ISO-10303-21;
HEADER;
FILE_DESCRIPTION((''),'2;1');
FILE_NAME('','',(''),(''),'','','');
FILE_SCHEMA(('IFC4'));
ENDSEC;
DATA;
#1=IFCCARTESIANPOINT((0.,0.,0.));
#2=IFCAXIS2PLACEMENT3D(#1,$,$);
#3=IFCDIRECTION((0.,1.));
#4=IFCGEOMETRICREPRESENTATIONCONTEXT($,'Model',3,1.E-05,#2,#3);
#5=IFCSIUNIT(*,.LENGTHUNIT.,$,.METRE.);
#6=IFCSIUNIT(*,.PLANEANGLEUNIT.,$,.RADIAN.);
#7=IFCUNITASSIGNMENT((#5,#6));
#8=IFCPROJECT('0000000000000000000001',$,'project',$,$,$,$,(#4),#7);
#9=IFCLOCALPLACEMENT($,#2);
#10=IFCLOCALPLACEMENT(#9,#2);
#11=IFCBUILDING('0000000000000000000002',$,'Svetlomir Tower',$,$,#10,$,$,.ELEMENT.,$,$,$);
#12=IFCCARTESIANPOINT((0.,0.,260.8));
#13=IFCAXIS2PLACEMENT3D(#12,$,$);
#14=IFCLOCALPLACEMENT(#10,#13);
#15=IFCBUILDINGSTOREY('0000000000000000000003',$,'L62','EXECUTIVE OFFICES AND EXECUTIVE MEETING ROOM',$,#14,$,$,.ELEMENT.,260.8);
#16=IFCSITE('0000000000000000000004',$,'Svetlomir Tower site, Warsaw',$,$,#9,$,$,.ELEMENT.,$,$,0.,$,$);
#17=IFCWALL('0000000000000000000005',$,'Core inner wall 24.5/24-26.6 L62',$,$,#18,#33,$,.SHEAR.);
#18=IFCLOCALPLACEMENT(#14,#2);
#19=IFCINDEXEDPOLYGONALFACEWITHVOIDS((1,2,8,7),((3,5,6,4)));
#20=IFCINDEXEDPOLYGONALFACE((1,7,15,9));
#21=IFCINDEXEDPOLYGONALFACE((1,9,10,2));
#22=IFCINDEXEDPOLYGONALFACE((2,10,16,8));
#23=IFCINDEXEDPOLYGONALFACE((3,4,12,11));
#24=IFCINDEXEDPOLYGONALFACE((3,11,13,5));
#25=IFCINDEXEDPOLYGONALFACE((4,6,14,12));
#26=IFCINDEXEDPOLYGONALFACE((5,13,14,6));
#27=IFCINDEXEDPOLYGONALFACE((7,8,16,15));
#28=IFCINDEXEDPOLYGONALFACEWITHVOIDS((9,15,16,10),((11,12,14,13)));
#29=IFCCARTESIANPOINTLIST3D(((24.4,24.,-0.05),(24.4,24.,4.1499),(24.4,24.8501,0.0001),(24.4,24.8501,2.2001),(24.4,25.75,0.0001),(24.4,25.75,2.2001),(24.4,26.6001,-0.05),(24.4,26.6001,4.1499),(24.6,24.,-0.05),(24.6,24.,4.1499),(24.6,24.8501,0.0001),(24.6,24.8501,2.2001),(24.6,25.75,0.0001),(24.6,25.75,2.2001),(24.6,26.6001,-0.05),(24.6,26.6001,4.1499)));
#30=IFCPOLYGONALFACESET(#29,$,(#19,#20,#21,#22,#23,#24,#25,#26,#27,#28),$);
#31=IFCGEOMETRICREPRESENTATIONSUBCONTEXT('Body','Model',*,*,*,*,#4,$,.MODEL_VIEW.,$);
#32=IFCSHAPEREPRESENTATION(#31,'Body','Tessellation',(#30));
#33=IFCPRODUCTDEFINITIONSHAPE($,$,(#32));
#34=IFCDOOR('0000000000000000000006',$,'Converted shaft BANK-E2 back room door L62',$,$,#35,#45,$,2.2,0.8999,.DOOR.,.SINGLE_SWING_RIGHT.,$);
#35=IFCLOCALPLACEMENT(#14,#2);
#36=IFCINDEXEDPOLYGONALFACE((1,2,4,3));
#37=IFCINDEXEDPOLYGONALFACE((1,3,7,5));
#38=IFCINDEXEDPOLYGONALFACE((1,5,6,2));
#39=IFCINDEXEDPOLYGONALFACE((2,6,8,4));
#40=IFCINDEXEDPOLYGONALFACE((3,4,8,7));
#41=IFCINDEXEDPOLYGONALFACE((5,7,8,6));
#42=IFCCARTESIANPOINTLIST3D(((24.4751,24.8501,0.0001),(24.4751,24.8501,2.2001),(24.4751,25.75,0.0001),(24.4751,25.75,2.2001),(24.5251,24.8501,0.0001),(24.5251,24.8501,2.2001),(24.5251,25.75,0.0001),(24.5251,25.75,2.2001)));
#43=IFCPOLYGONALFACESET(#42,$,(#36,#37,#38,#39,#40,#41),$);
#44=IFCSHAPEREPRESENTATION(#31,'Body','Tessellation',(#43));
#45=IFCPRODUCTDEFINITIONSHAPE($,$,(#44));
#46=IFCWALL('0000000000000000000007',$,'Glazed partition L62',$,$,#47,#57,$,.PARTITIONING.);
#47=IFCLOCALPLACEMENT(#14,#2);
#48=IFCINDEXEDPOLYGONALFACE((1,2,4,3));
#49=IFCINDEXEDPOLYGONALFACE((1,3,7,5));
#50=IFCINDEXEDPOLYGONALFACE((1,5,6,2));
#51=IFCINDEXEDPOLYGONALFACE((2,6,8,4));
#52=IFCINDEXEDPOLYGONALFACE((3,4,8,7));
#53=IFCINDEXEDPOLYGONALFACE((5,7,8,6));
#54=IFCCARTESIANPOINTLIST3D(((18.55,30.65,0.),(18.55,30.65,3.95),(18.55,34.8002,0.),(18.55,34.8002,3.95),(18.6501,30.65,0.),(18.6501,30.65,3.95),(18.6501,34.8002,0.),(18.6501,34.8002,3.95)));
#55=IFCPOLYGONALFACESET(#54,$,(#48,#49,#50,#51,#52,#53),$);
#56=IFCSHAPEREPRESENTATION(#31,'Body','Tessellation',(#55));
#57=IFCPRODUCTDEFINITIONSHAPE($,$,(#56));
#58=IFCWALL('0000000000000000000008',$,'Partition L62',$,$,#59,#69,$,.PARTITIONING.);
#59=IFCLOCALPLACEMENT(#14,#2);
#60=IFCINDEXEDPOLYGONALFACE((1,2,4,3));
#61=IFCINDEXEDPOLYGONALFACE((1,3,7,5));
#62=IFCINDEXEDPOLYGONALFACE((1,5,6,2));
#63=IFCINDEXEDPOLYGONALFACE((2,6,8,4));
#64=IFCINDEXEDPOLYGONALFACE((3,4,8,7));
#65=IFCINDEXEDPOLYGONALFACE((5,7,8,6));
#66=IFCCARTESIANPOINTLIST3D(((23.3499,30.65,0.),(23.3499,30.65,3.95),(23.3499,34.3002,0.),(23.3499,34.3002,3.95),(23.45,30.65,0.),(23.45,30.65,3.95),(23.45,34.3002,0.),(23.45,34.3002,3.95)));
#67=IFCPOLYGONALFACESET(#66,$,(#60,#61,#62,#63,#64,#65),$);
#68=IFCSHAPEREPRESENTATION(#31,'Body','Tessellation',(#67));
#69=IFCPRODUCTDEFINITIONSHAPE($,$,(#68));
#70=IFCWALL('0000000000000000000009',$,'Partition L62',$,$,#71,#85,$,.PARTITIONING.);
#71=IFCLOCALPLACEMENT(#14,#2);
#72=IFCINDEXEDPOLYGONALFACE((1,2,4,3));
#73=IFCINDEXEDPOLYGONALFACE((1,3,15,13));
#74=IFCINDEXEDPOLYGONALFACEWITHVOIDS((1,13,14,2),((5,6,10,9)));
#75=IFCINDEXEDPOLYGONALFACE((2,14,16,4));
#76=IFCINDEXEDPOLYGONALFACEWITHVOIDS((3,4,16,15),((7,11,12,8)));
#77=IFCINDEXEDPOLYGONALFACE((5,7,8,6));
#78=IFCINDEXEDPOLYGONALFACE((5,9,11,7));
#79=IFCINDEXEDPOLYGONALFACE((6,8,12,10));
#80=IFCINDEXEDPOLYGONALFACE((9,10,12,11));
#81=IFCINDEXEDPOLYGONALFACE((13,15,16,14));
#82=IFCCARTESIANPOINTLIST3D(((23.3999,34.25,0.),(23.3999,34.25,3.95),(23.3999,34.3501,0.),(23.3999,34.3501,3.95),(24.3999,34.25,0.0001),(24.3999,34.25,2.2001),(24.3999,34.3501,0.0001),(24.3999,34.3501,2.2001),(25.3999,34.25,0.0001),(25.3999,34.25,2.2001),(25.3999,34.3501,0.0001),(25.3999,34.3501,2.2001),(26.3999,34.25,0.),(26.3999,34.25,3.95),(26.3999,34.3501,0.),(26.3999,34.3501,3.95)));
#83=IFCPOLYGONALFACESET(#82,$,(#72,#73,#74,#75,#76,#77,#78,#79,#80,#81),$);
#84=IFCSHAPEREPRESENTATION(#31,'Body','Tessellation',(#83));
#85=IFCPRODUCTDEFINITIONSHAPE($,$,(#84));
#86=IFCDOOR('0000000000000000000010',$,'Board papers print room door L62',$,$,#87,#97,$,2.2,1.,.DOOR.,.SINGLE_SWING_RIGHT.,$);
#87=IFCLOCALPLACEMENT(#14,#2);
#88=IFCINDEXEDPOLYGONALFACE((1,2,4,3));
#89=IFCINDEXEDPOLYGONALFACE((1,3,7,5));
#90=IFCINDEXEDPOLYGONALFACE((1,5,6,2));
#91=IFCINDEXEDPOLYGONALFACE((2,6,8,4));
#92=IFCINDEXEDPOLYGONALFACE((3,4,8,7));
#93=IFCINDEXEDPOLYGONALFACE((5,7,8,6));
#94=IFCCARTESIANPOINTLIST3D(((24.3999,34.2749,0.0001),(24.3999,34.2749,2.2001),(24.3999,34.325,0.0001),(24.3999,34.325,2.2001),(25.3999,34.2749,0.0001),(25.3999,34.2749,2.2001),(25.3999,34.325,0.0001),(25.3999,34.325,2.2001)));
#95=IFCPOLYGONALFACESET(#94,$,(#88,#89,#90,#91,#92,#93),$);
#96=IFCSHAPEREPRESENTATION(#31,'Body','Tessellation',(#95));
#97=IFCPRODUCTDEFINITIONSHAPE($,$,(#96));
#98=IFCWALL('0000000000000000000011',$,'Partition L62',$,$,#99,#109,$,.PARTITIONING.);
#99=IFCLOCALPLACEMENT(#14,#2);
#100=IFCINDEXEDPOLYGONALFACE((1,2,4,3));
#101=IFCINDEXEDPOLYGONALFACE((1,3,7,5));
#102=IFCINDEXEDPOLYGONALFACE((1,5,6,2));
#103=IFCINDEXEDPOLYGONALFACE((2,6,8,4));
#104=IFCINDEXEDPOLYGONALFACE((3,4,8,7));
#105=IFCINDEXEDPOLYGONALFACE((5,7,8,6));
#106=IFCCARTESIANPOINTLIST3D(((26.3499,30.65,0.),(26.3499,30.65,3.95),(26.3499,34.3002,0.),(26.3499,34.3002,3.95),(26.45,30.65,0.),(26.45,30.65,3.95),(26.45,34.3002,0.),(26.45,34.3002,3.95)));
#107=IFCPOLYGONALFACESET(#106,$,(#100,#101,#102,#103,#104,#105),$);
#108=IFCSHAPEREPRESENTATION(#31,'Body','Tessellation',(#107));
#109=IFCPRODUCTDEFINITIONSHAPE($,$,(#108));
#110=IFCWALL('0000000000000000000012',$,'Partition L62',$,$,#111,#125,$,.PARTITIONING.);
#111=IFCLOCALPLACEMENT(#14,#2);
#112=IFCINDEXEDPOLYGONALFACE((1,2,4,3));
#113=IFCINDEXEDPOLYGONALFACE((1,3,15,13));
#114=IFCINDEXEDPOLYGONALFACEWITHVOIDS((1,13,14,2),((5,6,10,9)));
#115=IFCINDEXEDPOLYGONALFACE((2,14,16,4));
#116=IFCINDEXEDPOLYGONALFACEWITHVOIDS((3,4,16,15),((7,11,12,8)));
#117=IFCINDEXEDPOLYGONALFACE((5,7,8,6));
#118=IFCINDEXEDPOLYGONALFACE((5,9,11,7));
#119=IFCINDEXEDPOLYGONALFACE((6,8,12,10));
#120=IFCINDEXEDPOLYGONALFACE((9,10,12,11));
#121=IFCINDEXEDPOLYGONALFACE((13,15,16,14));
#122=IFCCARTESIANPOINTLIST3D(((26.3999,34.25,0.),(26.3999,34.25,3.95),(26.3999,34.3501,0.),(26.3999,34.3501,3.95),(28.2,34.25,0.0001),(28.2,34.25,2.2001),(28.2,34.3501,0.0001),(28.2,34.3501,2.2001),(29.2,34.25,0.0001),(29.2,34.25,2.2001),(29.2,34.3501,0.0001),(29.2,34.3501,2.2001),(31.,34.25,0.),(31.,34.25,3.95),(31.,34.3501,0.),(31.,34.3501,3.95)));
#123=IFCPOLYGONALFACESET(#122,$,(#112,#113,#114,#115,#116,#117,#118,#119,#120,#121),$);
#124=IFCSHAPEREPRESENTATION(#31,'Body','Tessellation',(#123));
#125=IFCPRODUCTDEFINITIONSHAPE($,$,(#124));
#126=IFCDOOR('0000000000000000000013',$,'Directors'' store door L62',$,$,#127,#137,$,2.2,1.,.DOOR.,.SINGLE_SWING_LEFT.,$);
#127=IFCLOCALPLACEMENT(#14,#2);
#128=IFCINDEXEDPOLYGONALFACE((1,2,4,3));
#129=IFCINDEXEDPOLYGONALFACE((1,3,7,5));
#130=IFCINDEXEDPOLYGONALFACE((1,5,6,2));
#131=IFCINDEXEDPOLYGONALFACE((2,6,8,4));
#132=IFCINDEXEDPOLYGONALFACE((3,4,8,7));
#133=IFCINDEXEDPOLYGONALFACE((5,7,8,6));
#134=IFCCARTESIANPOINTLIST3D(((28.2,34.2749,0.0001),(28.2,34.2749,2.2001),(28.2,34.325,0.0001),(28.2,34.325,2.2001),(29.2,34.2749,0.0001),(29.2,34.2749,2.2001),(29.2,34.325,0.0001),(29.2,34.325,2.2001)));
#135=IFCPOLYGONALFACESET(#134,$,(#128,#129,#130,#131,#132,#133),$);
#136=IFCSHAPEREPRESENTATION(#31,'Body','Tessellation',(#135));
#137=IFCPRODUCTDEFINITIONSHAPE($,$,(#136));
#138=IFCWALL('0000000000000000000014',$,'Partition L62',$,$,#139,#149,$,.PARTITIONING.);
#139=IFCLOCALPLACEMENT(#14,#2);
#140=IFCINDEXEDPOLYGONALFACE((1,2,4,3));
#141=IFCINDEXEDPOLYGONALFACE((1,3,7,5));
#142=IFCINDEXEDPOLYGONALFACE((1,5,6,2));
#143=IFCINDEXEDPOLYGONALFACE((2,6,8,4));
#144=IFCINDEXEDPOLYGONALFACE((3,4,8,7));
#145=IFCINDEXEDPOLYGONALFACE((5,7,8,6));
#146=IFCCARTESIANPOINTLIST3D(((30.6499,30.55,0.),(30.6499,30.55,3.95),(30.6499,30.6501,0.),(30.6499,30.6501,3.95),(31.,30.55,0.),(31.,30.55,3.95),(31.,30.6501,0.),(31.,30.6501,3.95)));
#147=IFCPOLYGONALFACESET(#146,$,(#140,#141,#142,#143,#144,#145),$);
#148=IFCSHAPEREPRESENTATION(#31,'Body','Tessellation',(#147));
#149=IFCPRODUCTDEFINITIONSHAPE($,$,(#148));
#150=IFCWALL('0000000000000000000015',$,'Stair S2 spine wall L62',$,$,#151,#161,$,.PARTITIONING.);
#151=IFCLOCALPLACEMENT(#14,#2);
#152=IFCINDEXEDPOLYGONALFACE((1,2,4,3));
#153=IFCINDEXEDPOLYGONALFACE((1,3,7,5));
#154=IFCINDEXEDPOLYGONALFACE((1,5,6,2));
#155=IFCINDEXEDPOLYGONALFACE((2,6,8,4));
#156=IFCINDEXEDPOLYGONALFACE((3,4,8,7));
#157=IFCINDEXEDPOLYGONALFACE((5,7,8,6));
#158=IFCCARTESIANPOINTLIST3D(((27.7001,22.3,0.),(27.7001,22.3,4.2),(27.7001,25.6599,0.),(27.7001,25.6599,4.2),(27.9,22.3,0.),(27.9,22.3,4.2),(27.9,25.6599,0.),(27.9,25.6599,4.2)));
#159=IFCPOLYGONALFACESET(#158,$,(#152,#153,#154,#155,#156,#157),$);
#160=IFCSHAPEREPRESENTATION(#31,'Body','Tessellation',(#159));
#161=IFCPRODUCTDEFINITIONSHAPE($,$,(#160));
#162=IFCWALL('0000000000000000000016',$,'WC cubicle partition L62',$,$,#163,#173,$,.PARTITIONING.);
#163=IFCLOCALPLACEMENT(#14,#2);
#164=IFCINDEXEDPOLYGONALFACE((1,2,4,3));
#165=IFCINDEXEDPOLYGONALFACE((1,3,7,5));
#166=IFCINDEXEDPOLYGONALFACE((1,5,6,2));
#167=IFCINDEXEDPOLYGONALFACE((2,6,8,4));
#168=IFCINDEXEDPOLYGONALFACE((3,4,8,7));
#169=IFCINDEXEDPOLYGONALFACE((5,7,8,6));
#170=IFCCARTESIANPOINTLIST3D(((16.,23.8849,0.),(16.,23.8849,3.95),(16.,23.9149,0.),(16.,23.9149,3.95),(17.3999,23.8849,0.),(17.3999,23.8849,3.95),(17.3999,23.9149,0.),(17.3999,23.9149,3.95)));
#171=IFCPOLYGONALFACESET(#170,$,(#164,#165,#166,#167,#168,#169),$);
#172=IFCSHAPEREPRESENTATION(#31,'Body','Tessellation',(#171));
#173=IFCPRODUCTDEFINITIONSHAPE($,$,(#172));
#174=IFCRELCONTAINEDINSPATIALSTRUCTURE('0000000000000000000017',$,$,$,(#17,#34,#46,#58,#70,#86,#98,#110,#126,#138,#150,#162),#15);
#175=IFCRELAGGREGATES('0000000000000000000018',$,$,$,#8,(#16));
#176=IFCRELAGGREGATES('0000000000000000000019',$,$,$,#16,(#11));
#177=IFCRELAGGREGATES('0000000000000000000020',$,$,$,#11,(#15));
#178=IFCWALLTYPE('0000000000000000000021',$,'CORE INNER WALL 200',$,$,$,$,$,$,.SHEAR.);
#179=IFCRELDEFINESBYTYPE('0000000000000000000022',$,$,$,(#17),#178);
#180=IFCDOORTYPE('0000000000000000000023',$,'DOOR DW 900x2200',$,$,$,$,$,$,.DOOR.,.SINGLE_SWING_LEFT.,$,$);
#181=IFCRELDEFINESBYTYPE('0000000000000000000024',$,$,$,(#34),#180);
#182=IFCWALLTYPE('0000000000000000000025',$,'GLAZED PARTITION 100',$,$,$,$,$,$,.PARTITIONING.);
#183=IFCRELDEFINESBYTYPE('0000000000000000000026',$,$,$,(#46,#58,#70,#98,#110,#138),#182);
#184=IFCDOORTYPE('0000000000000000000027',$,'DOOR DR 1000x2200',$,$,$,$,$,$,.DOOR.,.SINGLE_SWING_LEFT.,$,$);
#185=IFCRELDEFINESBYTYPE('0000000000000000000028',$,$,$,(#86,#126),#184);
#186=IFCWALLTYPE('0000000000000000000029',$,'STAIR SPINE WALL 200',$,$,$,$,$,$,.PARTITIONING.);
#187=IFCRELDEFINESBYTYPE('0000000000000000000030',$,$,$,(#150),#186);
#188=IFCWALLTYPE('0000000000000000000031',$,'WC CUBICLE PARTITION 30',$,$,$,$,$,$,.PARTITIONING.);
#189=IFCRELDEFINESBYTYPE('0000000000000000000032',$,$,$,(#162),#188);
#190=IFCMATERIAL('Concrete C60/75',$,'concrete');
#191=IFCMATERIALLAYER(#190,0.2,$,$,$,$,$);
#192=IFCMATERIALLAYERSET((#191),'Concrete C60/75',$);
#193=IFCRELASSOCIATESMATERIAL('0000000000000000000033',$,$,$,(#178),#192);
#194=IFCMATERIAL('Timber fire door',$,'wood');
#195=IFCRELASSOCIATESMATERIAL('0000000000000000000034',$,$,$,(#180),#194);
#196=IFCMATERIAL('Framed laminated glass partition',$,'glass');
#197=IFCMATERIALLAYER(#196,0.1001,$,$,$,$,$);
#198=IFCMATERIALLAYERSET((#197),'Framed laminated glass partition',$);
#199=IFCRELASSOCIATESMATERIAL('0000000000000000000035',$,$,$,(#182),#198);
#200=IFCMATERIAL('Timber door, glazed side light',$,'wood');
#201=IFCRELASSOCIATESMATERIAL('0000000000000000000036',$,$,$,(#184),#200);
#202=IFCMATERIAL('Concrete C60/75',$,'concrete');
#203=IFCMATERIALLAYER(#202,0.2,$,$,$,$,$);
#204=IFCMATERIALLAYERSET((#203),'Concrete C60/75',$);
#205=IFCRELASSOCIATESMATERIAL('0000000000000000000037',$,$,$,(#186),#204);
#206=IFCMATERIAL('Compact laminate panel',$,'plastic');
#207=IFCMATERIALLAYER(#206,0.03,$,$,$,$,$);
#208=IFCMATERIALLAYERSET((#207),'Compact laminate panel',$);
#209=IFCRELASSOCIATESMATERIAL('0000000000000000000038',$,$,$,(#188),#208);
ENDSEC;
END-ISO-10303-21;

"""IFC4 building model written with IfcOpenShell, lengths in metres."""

from ifc_helpers import new_model, si_unit, direction, frame, frame_2d, origin, place, context, subcontext, project, spatial, rectangle, extrude, material, layer, layer_set, type_object, element, fill, save


model = new_model("IFC4")

# Units and contexts
model_context = context("Model", 3, precision=1e-05, world=origin(), true_north=direction((0.0, 1.0)))
body_context = subcontext(model_context, "Body", "Model", "MODEL_VIEW")
ifc_project = project(units=[si_unit("LENGTHUNIT", "METRE"), si_unit("PLANEANGLEUNIT", "RADIAN")], contexts=[model_context])

# Site, building, storey
site_placement = place(None, origin())
site = spatial("IfcSite", under=ifc_project, at=site_placement, Name="Svetlomir Tower site, Warsaw", CompositionType="ELEMENT", RefElevation=0.0)
building_placement = place(site_placement, origin())
building = spatial("IfcBuilding", under=site, at=building_placement, Name="Svetlomir Tower", CompositionType="ELEMENT")
storey_placement = place(building_placement, frame((0.0, 0.0, 260.8)))
storey = spatial("IfcBuildingStorey", under=building, at=storey_placement, Name="L62", Description="EXECUTIVE OFFICES AND EXECUTIVE MEETING ROOM", CompositionType="ELEMENT", Elevation=260.8)

# Shared definitions
ifc_material_1 = material(Name="Concrete C60/75", Category="concrete")
ifc_layer_1 = layer(ifc_material_1, 0.2)
ifc_layer_set_1 = layer_set([ifc_layer_1], Name="Concrete C60/75")
wall_type_1 = type_object("IfcWallType", Name="CORE INNER WALL 200", PredefinedType="SHEAR", material=ifc_layer_set_1)

# Wall, opening, door
ifc_material_2 = material(Name="Timber fire door", Category="wood")
door_type_1 = type_object("IfcDoorType", Name="DOOR DW 900x2200", OperationType="SINGLE_SWING_LEFT", PredefinedType="DOOR", material=ifc_material_2)
wall_1_placement = place(storey_placement, frame((24.5, 24.0, -0.05), z_axis=(0.0, 0.0, 1.0), x_axis=(0.0, 1.0, 0.0)))
wall_1 = element("IfcWall", 1, at=wall_1_placement, inside=storey, type_object=wall_type_1, Name="Core inner wall 24.5/24-26.6 L62", PredefinedType="SHEAR", context=body_context, shape_type="SweptSolid", body=[
    extrude(rectangle(XDim=2.6001, YDim=0.2, at=frame_2d((1.3, 0.0))), origin(), (0.0, 0.0, 1.0), 4.2),
])
opening_1_placement = place(wall_1_placement, frame((0.8501, 0.0, 0.05)))
opening_1 = element("IfcOpeningElement", 2, at=opening_1_placement, cuts=wall_1, PredefinedType="OPENING", context=body_context, shape_type="SweptSolid", body=[
    extrude(rectangle(XDim=0.8999, YDim=2.2, at=frame_2d((0.45, 1.1001))), frame((0.0, 0.1099, 0.0), z_axis=(0.0, -1.0, 0.0), x_axis=(1.0, 0.0, 0.0)), (0.0, 0.0, 1.0), 0.22),
])
door_1_placement = place(opening_1_placement, origin())
door_1 = element("IfcDoor", 3, at=door_1_placement, inside=storey, type_object=door_type_1, Name="Converted shaft BANK-E2 back room door L62", OperationType="SINGLE_SWING_RIGHT", OverallHeight=2.2, OverallWidth=0.8999, PredefinedType="DOOR", context=body_context, shape_type="SweptSolid", body=[
    extrude(rectangle(XDim=0.8999, YDim=2.2, at=frame_2d((0.45, 1.1001))), frame((0.0, 0.0249, 0.0), z_axis=(0.0, -1.0, 0.0), x_axis=(1.0, 0.0, 0.0)), (0.0, 0.0, 1.0), 0.05),
])
fill(opening_1, door_1)

# Walls
ifc_material_3 = material(Name="Framed laminated glass partition", Category="glass")
ifc_layer_2 = layer(ifc_material_3, 0.1001)
ifc_layer_set_2 = layer_set([ifc_layer_2], Name="Framed laminated glass partition")
wall_type_2 = type_object("IfcWallType", Name="GLAZED PARTITION 100", PredefinedType="PARTITIONING", material=ifc_layer_set_2)
wall_2_placement = place(storey_placement, frame((18.6001, 30.6499, 0.0), z_axis=(0.0, 0.0, 1.0), x_axis=(0.0, 1.0, 0.0)))
element("IfcWall", 4, at=wall_2_placement, inside=storey, type_object=wall_type_2, Name="Glazed partition L62", PredefinedType="PARTITIONING", context=body_context, shape_type="SweptSolid", body=[
    extrude(rectangle(XDim=4.1501, YDim=0.1001, at=frame_2d((2.0752, 0.0))), origin(), (0.0, 0.0, 1.0), 3.95),
])
wall_3_placement = place(storey_placement, frame((23.3999, 30.6499, 0.0), z_axis=(0.0, 0.0, 1.0), x_axis=(0.0, 1.0, 0.0)))
element("IfcWall", 5, at=wall_3_placement, inside=storey, type_object=wall_type_2, Name="Partition L62", PredefinedType="PARTITIONING", context=body_context, shape_type="SweptSolid", body=[
    extrude(rectangle(XDim=3.6501, YDim=0.1001, at=frame_2d((1.8252, 0.0))), origin(), (0.0, 0.0, 1.0), 3.95),
])

# Wall, opening, door
wall_4_placement = place(storey_placement, frame((23.3999, 34.3, 0.0), z_axis=(0.0, 0.0, 1.0), x_axis=(1.0, 0.0, 0.0)))
wall_4 = element("IfcWall", 6, at=wall_4_placement, inside=storey, type_object=wall_type_2, Name="Partition L62", PredefinedType="PARTITIONING", context=body_context, shape_type="SweptSolid", body=[
    extrude(rectangle(XDim=3.0, YDim=0.1001, at=frame_2d((1.5, 0.0))), origin(), (0.0, 0.0, 1.0), 3.95),
])
opening_2_placement = place(wall_4_placement, frame((1.0, 0.0, 0.0)))
opening_2 = element("IfcOpeningElement", 7, at=opening_2_placement, cuts=wall_4, PredefinedType="OPENING", context=body_context, shape_type="SweptSolid", body=[
    extrude(rectangle(XDim=1.0, YDim=2.2, at=frame_2d((0.5, 1.1001))), frame((0.0, 0.0601, 0.0), z_axis=(0.0, -1.0, 0.0), x_axis=(1.0, 0.0, 0.0)), (0.0, 0.0, 1.0), 0.1201),
])
ifc_material_4 = material(Name="Timber door, glazed side light", Category="wood")
door_type_2 = type_object("IfcDoorType", Name="DOOR DR 1000x2200", OperationType="SINGLE_SWING_LEFT", PredefinedType="DOOR", material=ifc_material_4)
door_2_placement = place(opening_2_placement, origin())
door_2 = element("IfcDoor", 8, at=door_2_placement, inside=storey, type_object=door_type_2, Name="Board papers print room door L62", OperationType="SINGLE_SWING_RIGHT", OverallHeight=2.2, OverallWidth=1.0, PredefinedType="DOOR", context=body_context, shape_type="SweptSolid", body=[
    extrude(rectangle(XDim=1.0, YDim=2.2, at=frame_2d((0.5, 1.1001))), frame((0.0, 0.0249, 0.0), z_axis=(0.0, -1.0, 0.0), x_axis=(1.0, 0.0, 0.0)), (0.0, 0.0, 1.0), 0.05),
])
fill(opening_2, door_2)

# Wall
wall_5_placement = place(storey_placement, frame((26.3999, 30.6499, 0.0), z_axis=(0.0, 0.0, 1.0), x_axis=(0.0, 1.0, 0.0)))
element("IfcWall", 9, at=wall_5_placement, inside=storey, type_object=wall_type_2, Name="Partition L62", PredefinedType="PARTITIONING", context=body_context, shape_type="SweptSolid", body=[
    extrude(rectangle(XDim=3.6501, YDim=0.1001, at=frame_2d((1.8252, 0.0))), origin(), (0.0, 0.0, 1.0), 3.95),
])

# Wall, opening, door
wall_6_placement = place(storey_placement, frame((26.3999, 34.3, 0.0), z_axis=(0.0, 0.0, 1.0), x_axis=(1.0, 0.0, 0.0)))
wall_6 = element("IfcWall", 10, at=wall_6_placement, inside=storey, type_object=wall_type_2, Name="Partition L62", PredefinedType="PARTITIONING", context=body_context, shape_type="SweptSolid", body=[
    extrude(rectangle(XDim=4.6001, YDim=0.1001, at=frame_2d((2.3, 0.0))), origin(), (0.0, 0.0, 1.0), 3.95),
])
opening_3_placement = place(wall_6_placement, frame((1.8, 0.0, 0.0)))
opening_3 = element("IfcOpeningElement", 11, at=opening_3_placement, cuts=wall_6, PredefinedType="OPENING", context=body_context, shape_type="SweptSolid", body=[
    extrude(rectangle(XDim=1.0, YDim=2.2, at=frame_2d((0.5, 1.1001))), frame((0.0, 0.0601, 0.0), z_axis=(0.0, -1.0, 0.0), x_axis=(1.0, 0.0, 0.0)), (0.0, 0.0, 1.0), 0.1201),
])
door_3_placement = place(opening_3_placement, origin())
door_3 = element("IfcDoor", 12, at=door_3_placement, inside=storey, type_object=door_type_2, Name="Directors' store door L62", OperationType="SINGLE_SWING_LEFT", OverallHeight=2.2, OverallWidth=1.0, PredefinedType="DOOR", context=body_context, shape_type="SweptSolid", body=[
    extrude(rectangle(XDim=1.0, YDim=2.2, at=frame_2d((0.5, 1.1001))), frame((0.0, 0.0249, 0.0), z_axis=(0.0, -1.0, 0.0), x_axis=(1.0, 0.0, 0.0)), (0.0, 0.0, 1.0), 0.05),
])
fill(opening_3, door_3)

# Walls
wall_7_placement = place(storey_placement, frame((30.6499, 30.6001, 0.0), z_axis=(0.0, 0.0, 1.0), x_axis=(1.0, 0.0, 0.0)))
element("IfcWall", 13, at=wall_7_placement, inside=storey, type_object=wall_type_2, Name="Partition L62", PredefinedType="PARTITIONING", context=body_context, shape_type="SweptSolid", body=[
    extrude(rectangle(XDim=0.3501, YDim=0.1001, at=frame_2d((0.175, 0.0))), origin(), (0.0, 0.0, 1.0), 3.95),
])
ifc_material_5 = material(Name="Concrete C60/75", Category="concrete")
ifc_layer_3 = layer(ifc_material_5, 0.2)
ifc_layer_set_3 = layer_set([ifc_layer_3], Name="Concrete C60/75")
wall_type_3 = type_object("IfcWallType", Name="STAIR SPINE WALL 200", PredefinedType="PARTITIONING", material=ifc_layer_set_3)
wall_8_placement = place(storey_placement, frame((27.8, 22.3, 0.0), z_axis=(0.0, 0.0, 1.0), x_axis=(0.0, 1.0, 0.0)))
element("IfcWall", 14, at=wall_8_placement, inside=storey, type_object=wall_type_3, Name="Stair S2 spine wall L62", PredefinedType="PARTITIONING", context=body_context, shape_type="SweptSolid", body=[
    extrude(rectangle(XDim=3.3599, YDim=0.2, at=frame_2d((1.6799, 0.0))), origin(), (0.0, 0.0, 1.0), 4.2),
])
ifc_material_6 = material(Name="Compact laminate panel", Category="plastic")
ifc_layer_4 = layer(ifc_material_6, 0.03)
ifc_layer_set_4 = layer_set([ifc_layer_4], Name="Compact laminate panel")
wall_type_4 = type_object("IfcWallType", Name="WC CUBICLE PARTITION 30", PredefinedType="PARTITIONING", material=ifc_layer_set_4)
wall_9_placement = place(storey_placement, frame((16.0, 23.8999, 0.0), z_axis=(0.0, 0.0, 1.0), x_axis=(1.0, 0.0, 0.0)))
element("IfcWall", 15, at=wall_9_placement, inside=storey, type_object=wall_type_4, Name="WC cubicle partition L62", PredefinedType="PARTITIONING", context=body_context, shape_type="SweptSolid", body=[
    extrude(rectangle(XDim=1.3999, YDim=0.03, at=frame_2d((0.7, 0.0))), origin(), (0.0, 0.0, 1.0), 3.95),
])

save(model, "model.ifc")
